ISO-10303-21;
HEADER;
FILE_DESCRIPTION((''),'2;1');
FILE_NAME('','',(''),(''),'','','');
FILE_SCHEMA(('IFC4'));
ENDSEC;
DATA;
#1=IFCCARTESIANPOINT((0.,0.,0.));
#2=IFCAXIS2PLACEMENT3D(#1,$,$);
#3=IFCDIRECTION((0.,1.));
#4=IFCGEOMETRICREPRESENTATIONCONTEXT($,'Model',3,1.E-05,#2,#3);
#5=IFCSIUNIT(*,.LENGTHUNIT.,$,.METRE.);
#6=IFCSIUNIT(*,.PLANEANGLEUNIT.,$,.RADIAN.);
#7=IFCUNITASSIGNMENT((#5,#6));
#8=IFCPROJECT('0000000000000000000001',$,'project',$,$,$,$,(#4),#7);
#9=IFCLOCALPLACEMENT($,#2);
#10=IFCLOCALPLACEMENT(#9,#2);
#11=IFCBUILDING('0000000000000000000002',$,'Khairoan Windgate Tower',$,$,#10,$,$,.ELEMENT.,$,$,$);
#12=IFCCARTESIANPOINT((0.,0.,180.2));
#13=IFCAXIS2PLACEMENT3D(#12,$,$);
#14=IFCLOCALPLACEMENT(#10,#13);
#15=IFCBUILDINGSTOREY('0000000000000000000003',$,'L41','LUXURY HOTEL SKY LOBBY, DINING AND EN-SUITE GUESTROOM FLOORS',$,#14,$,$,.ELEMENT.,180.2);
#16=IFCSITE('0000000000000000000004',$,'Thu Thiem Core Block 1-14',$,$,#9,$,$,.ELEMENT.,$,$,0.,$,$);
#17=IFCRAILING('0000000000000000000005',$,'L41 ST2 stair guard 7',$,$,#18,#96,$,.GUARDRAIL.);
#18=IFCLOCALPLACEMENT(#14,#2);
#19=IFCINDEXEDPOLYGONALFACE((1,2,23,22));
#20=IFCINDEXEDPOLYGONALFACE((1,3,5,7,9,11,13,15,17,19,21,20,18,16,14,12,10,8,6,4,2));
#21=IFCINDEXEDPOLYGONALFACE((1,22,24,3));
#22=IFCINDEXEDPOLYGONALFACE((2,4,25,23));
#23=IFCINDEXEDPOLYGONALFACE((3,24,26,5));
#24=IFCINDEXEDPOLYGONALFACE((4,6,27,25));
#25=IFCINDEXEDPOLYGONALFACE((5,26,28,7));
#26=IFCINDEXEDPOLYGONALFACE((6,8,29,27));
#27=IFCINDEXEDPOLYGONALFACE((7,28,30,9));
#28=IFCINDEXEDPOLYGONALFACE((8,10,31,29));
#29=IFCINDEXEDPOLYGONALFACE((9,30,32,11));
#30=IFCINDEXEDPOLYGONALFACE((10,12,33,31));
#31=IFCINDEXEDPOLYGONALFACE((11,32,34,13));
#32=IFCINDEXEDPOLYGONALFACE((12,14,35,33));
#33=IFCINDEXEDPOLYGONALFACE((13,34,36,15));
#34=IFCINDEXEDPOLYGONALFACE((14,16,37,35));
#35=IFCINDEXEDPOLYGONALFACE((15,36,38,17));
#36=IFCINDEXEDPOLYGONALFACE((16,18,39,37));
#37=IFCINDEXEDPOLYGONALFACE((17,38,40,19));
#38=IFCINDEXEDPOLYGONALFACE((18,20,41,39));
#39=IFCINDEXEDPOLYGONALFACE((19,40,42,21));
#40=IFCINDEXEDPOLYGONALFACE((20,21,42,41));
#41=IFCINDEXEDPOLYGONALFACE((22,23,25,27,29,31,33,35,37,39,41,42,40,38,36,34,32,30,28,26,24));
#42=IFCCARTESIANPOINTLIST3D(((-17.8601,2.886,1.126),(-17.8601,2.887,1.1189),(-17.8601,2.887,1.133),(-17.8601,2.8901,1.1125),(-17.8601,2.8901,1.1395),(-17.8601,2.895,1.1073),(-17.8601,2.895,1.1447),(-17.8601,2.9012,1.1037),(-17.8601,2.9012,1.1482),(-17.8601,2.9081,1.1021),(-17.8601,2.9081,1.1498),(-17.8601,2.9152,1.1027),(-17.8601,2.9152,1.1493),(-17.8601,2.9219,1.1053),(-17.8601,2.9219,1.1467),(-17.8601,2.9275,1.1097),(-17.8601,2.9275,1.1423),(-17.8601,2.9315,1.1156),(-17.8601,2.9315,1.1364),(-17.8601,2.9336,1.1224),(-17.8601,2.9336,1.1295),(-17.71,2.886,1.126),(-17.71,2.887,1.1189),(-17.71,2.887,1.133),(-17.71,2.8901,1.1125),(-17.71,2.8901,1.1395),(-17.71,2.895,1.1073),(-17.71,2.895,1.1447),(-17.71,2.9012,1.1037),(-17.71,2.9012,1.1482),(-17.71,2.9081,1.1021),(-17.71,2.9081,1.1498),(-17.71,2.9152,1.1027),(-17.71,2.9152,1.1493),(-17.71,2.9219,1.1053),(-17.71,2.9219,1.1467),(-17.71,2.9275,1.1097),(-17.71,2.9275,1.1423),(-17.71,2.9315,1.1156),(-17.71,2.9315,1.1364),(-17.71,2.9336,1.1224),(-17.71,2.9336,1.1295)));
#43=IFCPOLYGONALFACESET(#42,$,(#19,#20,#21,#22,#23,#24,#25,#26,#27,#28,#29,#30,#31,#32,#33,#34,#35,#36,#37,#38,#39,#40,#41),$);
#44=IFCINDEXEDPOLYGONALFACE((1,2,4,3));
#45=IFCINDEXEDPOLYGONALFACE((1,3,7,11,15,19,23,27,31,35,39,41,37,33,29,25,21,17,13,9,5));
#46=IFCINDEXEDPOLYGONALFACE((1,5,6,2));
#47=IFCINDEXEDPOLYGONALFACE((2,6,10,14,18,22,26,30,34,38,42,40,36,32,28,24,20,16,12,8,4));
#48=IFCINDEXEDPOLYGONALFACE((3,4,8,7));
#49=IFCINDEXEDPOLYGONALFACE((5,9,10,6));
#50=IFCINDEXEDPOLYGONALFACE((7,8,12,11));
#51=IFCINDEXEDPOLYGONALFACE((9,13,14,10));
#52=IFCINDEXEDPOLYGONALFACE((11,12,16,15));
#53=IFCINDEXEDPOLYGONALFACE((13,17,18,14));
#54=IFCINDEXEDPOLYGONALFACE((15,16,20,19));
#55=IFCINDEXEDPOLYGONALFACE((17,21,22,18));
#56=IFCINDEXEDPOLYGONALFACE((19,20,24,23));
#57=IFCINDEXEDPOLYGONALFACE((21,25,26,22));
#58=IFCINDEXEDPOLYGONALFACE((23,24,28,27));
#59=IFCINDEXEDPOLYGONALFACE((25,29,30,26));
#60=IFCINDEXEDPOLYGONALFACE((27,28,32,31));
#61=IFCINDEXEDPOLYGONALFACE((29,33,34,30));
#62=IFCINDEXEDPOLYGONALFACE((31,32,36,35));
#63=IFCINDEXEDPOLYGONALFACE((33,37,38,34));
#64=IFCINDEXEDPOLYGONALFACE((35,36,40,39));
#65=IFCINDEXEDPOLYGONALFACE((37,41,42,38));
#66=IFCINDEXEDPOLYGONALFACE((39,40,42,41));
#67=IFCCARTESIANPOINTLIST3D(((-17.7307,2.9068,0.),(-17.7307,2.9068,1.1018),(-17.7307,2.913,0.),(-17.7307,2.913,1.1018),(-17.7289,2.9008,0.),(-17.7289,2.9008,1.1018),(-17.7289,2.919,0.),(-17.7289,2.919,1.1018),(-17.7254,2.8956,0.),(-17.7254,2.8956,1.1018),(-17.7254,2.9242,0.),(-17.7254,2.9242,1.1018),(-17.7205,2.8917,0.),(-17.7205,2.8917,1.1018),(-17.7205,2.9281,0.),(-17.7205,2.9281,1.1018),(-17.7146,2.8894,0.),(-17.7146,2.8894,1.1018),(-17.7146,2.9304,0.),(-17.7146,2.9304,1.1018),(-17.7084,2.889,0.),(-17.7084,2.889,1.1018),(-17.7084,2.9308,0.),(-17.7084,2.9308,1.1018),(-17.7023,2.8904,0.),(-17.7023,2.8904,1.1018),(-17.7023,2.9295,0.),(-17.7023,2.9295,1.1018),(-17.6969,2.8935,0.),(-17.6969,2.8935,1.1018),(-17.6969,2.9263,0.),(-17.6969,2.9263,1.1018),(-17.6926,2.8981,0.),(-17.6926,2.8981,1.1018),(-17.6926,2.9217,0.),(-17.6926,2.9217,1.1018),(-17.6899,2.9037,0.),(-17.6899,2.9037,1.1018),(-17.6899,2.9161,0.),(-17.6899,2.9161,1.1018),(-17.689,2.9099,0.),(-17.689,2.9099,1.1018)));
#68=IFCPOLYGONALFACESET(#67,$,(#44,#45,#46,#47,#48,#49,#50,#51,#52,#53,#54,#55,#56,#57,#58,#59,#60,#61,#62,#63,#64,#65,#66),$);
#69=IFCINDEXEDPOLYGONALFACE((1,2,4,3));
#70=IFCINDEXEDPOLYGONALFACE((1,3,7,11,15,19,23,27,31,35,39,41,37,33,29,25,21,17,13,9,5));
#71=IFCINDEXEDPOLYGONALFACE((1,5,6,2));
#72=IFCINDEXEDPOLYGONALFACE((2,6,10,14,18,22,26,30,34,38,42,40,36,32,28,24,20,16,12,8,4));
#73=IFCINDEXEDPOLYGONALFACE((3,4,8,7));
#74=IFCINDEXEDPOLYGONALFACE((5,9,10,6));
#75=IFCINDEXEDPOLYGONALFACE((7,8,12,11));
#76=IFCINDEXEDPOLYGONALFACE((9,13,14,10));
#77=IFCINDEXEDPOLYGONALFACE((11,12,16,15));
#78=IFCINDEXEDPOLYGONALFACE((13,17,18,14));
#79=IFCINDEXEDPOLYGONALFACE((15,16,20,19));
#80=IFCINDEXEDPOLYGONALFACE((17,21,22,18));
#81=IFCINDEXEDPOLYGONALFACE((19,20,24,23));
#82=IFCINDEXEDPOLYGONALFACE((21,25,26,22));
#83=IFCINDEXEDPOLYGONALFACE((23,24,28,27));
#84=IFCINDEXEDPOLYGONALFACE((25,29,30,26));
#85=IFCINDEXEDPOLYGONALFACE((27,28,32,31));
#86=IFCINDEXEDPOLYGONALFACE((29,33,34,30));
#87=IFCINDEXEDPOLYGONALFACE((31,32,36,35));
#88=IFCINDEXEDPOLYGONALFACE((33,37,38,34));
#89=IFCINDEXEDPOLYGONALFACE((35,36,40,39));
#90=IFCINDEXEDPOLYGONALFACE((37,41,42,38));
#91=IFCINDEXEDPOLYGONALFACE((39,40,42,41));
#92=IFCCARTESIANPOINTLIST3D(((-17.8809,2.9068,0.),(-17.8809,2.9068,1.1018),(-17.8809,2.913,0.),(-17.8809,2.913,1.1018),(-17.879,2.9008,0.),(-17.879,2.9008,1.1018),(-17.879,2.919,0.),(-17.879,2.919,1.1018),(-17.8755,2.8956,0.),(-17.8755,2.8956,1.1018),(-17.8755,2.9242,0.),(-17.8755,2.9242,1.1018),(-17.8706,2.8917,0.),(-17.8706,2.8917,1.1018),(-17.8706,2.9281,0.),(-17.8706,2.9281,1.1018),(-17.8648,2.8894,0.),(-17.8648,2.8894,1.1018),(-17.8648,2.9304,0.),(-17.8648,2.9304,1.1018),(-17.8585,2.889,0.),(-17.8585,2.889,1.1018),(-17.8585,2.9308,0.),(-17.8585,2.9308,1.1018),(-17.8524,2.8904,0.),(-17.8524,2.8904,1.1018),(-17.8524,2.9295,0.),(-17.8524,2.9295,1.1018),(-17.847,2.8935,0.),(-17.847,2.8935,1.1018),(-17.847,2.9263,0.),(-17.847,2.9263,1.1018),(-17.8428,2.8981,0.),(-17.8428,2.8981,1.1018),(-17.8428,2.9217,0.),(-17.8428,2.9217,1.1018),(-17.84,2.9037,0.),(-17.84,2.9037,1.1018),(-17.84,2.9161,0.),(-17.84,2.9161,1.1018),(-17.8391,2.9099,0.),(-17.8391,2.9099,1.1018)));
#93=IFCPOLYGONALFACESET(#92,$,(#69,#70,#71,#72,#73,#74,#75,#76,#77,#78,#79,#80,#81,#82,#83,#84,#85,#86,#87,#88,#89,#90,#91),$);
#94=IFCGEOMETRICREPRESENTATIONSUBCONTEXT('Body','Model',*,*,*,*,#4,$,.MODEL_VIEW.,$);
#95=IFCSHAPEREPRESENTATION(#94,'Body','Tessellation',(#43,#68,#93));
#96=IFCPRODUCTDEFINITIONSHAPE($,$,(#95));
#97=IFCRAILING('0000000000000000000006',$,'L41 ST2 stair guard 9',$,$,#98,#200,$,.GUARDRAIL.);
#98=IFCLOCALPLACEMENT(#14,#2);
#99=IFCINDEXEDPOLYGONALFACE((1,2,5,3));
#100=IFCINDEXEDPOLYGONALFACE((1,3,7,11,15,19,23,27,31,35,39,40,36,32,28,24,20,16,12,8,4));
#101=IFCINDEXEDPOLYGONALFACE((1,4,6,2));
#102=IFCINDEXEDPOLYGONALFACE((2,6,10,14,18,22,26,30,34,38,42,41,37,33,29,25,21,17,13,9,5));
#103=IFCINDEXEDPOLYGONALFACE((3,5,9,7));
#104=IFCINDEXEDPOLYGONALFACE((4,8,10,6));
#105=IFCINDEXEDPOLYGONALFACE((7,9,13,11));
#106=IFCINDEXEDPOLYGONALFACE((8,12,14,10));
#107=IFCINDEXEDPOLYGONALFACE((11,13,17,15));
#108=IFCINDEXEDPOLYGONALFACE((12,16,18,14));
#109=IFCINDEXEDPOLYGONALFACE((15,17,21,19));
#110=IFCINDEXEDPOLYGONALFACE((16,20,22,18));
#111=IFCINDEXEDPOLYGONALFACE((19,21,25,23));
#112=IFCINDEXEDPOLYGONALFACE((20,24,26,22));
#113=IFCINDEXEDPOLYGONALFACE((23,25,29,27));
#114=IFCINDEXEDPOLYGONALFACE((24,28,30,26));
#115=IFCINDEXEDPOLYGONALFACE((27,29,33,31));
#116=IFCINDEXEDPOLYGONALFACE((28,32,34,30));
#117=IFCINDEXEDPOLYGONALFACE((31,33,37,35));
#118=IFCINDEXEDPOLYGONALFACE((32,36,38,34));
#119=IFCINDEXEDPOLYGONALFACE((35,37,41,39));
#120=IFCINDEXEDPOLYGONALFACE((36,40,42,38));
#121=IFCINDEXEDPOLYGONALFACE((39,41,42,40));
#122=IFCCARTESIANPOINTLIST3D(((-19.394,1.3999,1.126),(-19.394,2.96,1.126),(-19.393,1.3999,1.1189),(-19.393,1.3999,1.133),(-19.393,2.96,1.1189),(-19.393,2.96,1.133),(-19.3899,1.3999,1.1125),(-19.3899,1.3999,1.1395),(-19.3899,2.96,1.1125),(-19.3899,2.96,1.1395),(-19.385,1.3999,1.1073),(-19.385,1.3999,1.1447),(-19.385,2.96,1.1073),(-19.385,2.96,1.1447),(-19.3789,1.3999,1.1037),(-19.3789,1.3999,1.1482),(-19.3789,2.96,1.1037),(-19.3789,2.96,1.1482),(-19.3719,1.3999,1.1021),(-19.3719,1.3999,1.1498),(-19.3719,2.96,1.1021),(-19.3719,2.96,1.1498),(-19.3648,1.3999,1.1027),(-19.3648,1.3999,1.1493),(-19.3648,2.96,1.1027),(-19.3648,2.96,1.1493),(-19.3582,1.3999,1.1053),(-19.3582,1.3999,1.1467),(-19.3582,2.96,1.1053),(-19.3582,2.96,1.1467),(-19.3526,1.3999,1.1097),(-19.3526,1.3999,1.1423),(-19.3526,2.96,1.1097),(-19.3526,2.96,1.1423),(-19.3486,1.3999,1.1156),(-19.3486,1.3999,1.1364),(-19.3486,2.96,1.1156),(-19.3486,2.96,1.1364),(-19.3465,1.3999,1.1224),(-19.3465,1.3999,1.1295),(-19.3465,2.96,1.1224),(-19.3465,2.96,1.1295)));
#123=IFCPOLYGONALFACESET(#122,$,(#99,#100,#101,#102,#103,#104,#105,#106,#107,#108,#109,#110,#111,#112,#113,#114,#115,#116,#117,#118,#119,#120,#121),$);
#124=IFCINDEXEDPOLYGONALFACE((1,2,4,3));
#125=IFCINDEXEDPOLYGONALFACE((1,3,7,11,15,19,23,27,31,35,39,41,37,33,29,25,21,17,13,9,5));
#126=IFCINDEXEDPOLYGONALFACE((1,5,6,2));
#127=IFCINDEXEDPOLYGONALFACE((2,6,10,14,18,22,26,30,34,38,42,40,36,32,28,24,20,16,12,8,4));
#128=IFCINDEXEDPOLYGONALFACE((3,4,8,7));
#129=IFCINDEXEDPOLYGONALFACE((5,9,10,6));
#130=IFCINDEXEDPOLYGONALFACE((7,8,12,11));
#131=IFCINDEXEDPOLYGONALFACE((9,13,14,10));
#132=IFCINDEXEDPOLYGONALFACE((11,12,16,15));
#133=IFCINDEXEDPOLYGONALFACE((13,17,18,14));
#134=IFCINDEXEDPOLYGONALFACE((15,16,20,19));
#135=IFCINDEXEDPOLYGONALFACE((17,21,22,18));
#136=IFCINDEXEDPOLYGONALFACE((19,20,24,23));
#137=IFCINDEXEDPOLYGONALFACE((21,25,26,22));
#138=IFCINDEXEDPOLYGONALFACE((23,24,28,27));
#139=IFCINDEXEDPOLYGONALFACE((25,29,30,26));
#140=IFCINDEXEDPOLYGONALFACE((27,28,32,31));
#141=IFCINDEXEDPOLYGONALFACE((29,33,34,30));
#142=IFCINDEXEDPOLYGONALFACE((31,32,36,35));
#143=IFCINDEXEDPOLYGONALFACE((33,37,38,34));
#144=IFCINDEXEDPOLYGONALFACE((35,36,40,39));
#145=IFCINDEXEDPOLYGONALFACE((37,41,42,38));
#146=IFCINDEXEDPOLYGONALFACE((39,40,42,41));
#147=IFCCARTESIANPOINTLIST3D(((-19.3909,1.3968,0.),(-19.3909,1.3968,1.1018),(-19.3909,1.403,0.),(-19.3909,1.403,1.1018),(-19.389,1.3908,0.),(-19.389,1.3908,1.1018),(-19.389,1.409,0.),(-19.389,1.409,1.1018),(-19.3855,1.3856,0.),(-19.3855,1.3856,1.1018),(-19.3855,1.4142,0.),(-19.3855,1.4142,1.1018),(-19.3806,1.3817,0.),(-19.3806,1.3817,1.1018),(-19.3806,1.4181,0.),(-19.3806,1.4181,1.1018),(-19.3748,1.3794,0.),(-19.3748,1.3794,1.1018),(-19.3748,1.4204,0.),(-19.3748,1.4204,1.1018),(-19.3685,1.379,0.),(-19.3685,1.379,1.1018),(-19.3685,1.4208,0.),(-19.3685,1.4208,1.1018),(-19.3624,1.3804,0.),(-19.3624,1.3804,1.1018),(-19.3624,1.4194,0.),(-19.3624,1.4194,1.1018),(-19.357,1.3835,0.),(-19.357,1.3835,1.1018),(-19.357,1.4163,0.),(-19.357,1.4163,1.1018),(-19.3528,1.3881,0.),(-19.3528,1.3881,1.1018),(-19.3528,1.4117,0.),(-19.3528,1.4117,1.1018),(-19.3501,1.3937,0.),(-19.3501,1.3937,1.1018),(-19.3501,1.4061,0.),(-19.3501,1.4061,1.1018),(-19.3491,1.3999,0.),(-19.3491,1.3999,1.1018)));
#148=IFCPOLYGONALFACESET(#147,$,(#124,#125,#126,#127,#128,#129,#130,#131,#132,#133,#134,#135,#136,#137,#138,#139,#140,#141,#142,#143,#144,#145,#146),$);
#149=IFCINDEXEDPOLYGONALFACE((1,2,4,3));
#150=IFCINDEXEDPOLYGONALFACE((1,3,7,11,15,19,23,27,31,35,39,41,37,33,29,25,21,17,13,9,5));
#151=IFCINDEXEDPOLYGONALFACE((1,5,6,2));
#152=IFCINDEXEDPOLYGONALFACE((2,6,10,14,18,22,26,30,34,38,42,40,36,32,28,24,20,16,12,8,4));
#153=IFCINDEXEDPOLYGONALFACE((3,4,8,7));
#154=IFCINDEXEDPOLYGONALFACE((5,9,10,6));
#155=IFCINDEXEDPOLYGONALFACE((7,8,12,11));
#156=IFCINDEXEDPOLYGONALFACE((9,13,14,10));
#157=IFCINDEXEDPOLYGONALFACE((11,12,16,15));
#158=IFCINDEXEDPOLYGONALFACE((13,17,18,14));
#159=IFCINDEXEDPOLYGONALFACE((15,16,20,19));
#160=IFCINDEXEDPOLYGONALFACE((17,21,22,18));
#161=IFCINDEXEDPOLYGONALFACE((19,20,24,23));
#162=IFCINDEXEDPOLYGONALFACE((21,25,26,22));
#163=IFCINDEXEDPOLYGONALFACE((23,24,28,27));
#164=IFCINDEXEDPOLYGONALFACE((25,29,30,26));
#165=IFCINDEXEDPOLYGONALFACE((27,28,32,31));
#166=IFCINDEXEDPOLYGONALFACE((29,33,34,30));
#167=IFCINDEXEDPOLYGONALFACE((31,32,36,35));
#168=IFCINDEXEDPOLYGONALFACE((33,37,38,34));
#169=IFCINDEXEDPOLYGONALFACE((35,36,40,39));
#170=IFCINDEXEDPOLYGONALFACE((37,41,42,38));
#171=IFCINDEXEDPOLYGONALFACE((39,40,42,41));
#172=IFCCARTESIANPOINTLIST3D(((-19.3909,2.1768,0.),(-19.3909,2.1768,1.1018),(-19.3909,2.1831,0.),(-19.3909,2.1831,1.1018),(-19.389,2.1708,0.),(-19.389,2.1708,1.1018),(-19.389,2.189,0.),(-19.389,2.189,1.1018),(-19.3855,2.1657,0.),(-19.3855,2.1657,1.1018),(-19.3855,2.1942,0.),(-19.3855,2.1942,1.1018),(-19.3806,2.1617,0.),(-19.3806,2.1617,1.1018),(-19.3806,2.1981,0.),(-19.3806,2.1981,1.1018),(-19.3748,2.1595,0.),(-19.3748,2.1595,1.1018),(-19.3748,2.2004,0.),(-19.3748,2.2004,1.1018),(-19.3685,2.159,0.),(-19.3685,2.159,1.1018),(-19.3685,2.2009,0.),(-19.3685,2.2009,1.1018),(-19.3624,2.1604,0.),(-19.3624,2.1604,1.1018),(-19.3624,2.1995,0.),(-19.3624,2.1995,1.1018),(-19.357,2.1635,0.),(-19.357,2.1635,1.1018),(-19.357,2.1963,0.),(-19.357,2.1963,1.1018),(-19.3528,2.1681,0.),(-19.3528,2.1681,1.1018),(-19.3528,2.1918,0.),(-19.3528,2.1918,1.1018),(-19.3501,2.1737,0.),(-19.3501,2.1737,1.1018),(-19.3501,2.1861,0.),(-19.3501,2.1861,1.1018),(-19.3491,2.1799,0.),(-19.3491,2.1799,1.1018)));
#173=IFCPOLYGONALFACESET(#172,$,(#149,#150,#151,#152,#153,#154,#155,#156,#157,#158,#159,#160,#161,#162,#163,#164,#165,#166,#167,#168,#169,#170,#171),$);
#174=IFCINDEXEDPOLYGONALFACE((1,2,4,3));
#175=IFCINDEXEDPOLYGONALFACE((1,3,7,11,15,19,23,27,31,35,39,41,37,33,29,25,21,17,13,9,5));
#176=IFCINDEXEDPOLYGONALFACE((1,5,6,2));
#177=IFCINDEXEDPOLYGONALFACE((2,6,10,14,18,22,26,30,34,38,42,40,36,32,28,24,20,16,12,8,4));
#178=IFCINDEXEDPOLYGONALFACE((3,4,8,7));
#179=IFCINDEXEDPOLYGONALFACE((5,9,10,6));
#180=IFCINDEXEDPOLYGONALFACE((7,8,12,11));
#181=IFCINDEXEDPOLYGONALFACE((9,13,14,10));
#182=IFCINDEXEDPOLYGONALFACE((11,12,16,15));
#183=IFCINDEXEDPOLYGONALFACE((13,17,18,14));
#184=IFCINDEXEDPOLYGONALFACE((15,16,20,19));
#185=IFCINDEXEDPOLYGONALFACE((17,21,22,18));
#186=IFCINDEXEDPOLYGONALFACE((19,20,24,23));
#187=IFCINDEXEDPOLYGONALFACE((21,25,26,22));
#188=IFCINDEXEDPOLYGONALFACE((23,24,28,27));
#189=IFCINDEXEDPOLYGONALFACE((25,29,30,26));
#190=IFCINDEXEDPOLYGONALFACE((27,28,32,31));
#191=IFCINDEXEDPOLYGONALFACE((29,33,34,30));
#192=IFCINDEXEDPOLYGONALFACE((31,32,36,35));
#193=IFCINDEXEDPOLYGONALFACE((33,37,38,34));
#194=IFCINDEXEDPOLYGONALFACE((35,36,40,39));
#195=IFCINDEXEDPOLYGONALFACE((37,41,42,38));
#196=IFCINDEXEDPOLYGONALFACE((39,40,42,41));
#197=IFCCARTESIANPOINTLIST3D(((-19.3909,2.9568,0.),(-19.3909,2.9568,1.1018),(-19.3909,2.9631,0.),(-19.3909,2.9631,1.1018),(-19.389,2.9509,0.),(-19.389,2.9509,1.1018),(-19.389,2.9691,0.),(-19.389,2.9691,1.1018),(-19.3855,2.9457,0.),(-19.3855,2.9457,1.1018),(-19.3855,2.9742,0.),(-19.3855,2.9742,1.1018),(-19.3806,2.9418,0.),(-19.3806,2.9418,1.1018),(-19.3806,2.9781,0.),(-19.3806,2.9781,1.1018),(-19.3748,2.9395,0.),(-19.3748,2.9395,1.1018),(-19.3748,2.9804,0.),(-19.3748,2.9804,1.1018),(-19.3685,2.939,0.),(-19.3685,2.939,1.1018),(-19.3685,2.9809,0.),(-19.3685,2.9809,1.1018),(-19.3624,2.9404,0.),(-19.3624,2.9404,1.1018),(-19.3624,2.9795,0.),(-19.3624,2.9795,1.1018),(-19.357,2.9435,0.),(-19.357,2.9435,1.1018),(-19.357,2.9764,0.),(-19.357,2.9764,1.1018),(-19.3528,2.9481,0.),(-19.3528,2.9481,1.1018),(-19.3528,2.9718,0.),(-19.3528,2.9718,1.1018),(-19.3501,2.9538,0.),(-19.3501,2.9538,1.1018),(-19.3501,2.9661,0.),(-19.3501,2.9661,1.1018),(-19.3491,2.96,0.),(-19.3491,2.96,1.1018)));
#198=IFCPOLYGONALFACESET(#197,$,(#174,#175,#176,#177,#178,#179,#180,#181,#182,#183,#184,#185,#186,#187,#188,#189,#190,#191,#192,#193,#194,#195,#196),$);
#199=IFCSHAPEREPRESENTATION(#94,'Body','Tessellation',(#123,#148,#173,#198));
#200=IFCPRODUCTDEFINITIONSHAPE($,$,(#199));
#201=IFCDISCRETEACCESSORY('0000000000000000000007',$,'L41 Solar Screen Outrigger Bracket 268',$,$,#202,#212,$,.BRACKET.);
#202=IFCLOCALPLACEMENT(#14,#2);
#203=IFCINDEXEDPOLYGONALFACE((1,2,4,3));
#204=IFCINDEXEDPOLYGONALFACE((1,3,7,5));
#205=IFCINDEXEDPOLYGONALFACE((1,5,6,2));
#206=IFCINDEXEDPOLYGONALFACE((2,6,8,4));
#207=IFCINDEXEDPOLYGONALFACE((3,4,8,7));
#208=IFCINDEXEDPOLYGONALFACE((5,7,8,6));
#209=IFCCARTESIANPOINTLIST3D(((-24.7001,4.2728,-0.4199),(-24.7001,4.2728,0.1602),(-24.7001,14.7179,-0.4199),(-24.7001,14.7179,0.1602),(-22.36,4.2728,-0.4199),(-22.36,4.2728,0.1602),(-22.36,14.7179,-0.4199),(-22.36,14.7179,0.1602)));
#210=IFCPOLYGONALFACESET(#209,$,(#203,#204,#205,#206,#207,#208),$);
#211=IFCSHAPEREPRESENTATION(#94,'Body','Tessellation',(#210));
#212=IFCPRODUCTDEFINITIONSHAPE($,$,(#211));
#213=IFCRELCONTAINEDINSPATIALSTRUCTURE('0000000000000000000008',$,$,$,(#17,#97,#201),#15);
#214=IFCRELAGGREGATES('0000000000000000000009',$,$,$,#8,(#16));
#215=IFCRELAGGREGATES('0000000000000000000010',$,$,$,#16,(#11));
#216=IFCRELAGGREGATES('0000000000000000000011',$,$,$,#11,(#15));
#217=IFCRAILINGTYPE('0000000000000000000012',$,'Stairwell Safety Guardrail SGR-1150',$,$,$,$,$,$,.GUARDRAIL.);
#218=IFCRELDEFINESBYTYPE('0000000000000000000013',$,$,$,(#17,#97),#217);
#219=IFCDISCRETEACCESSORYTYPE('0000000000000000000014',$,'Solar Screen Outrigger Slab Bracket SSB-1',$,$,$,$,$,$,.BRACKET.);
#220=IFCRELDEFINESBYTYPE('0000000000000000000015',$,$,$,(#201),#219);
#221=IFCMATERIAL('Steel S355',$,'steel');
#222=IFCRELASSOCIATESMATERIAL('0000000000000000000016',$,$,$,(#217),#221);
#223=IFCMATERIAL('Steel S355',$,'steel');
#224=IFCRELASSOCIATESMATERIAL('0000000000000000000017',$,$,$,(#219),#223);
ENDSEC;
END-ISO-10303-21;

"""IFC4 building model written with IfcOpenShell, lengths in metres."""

from ifc_helpers import new_model, si_unit, direction, frame, origin, origin_2d, place, context, subcontext, project, spatial, rectangle, circle, extrude, material, type_object, element, save


model = new_model("IFC4")

# Units and contexts
model_context = context("Model", 3, precision=1e-05, world=origin(), true_north=direction((0.0, 1.0)))
body_context = subcontext(model_context, "Body", "Model", "MODEL_VIEW")
ifc_project = project(units=[si_unit("LENGTHUNIT", "METRE"), si_unit("PLANEANGLEUNIT", "RADIAN")], contexts=[model_context])

# Site, building, storey
site_placement = place(None, origin())
site = spatial("IfcSite", under=ifc_project, at=site_placement, Name="Thu Thiem Core Block 1-14", CompositionType="ELEMENT", RefElevation=0.0)
building_placement = place(site_placement, origin())
building = spatial("IfcBuilding", under=site, at=building_placement, Name="Khairoan Windgate Tower", CompositionType="ELEMENT")
storey_placement = place(building_placement, frame((0.0, 0.0, 180.2)))
storey = spatial("IfcBuildingStorey", under=building, at=storey_placement, Name="L41", Description="LUXURY HOTEL SKY LOBBY, DINING AND EN-SUITE GUESTROOM FLOORS", CompositionType="ELEMENT", Elevation=180.2)

# Railings
ifc_material_1 = material(Name="Steel S355", Category="steel")
railing_type_1 = type_object("IfcRailingType", Name="Stairwell Safety Guardrail SGR-1150", PredefinedType="GUARDRAIL", material=ifc_material_1)
railing_1_placement = place(storey_placement, frame((-17.71, 2.9099, 0.0)))
element("IfcRailing", 1, at=railing_1_placement, inside=storey, type_object=railing_type_1, Name="L41 ST2 stair guard 7", PredefinedType="GUARDRAIL", context=body_context, shape_type="SweptSolid", body=[
    extrude(circle(Radius=0.0239, at=origin_2d()), frame((0.0, 0.0, 1.126), z_axis=(-1.0, 0.0, 0.0), x_axis=(0.0, -1.0, 0.0)), (0.0, 0.0, 1.0), 0.1501),
    extrude(circle(Radius=0.021, at=origin_2d()), origin(), (0.0, 0.0, 1.0), 1.1018),
    extrude(circle(Radius=0.021, at=origin_2d()), frame((-0.1501, 0.0, 0.0)), (0.0, 0.0, 1.0), 1.1018),
])
railing_2_placement = place(storey_placement, frame((-19.3701, 1.3999, 0.0)))
element("IfcRailing", 2, at=railing_2_placement, inside=storey, type_object=railing_type_1, Name="L41 ST2 stair guard 9", PredefinedType="GUARDRAIL", context=body_context, shape_type="SweptSolid", body=[
    extrude(circle(Radius=0.0239, at=origin_2d()), frame((0.0, 0.0, 1.126), z_axis=(0.0, 1.0, 0.0), x_axis=(-1.0, 0.0, 0.0)), (0.0, 0.0, 1.0), 1.5601),
    extrude(circle(Radius=0.021, at=origin_2d()), origin(), (0.0, 0.0, 1.0), 1.1018),
    extrude(circle(Radius=0.021, at=origin_2d()), frame((0.0, 0.78, 0.0)), (0.0, 0.0, 1.0), 1.1018),
    extrude(circle(Radius=0.021, at=origin_2d()), frame((0.0, 1.5601, 0.0)), (0.0, 0.0, 1.0), 1.1018),
])

# Discrete accessory
ifc_material_2 = material(Name="Steel S355", Category="steel")
discrete_accessory_type = type_object("IfcDiscreteAccessoryType", Name="Solar Screen Outrigger Slab Bracket SSB-1", PredefinedType="BRACKET", material=ifc_material_2)
discrete_accessory_placement = place(storey_placement, frame((-23.53, 9.4954, -0.4199), z_axis=(0.0, 0.0, 1.0), x_axis=(0.0, 1.0, 0.0)))
element("IfcDiscreteAccessory", 3, at=discrete_accessory_placement, inside=storey, type_object=discrete_accessory_type, Name="L41 Solar Screen Outrigger Bracket 268", PredefinedType="BRACKET", context=body_context, shape_type="SweptSolid", body=[
    extrude(rectangle(XDim=10.4451, YDim=2.3401, at=origin_2d()), origin(), (0.0, 0.0, 1.0), 0.5801),
])

save(model, "model.ifc")
